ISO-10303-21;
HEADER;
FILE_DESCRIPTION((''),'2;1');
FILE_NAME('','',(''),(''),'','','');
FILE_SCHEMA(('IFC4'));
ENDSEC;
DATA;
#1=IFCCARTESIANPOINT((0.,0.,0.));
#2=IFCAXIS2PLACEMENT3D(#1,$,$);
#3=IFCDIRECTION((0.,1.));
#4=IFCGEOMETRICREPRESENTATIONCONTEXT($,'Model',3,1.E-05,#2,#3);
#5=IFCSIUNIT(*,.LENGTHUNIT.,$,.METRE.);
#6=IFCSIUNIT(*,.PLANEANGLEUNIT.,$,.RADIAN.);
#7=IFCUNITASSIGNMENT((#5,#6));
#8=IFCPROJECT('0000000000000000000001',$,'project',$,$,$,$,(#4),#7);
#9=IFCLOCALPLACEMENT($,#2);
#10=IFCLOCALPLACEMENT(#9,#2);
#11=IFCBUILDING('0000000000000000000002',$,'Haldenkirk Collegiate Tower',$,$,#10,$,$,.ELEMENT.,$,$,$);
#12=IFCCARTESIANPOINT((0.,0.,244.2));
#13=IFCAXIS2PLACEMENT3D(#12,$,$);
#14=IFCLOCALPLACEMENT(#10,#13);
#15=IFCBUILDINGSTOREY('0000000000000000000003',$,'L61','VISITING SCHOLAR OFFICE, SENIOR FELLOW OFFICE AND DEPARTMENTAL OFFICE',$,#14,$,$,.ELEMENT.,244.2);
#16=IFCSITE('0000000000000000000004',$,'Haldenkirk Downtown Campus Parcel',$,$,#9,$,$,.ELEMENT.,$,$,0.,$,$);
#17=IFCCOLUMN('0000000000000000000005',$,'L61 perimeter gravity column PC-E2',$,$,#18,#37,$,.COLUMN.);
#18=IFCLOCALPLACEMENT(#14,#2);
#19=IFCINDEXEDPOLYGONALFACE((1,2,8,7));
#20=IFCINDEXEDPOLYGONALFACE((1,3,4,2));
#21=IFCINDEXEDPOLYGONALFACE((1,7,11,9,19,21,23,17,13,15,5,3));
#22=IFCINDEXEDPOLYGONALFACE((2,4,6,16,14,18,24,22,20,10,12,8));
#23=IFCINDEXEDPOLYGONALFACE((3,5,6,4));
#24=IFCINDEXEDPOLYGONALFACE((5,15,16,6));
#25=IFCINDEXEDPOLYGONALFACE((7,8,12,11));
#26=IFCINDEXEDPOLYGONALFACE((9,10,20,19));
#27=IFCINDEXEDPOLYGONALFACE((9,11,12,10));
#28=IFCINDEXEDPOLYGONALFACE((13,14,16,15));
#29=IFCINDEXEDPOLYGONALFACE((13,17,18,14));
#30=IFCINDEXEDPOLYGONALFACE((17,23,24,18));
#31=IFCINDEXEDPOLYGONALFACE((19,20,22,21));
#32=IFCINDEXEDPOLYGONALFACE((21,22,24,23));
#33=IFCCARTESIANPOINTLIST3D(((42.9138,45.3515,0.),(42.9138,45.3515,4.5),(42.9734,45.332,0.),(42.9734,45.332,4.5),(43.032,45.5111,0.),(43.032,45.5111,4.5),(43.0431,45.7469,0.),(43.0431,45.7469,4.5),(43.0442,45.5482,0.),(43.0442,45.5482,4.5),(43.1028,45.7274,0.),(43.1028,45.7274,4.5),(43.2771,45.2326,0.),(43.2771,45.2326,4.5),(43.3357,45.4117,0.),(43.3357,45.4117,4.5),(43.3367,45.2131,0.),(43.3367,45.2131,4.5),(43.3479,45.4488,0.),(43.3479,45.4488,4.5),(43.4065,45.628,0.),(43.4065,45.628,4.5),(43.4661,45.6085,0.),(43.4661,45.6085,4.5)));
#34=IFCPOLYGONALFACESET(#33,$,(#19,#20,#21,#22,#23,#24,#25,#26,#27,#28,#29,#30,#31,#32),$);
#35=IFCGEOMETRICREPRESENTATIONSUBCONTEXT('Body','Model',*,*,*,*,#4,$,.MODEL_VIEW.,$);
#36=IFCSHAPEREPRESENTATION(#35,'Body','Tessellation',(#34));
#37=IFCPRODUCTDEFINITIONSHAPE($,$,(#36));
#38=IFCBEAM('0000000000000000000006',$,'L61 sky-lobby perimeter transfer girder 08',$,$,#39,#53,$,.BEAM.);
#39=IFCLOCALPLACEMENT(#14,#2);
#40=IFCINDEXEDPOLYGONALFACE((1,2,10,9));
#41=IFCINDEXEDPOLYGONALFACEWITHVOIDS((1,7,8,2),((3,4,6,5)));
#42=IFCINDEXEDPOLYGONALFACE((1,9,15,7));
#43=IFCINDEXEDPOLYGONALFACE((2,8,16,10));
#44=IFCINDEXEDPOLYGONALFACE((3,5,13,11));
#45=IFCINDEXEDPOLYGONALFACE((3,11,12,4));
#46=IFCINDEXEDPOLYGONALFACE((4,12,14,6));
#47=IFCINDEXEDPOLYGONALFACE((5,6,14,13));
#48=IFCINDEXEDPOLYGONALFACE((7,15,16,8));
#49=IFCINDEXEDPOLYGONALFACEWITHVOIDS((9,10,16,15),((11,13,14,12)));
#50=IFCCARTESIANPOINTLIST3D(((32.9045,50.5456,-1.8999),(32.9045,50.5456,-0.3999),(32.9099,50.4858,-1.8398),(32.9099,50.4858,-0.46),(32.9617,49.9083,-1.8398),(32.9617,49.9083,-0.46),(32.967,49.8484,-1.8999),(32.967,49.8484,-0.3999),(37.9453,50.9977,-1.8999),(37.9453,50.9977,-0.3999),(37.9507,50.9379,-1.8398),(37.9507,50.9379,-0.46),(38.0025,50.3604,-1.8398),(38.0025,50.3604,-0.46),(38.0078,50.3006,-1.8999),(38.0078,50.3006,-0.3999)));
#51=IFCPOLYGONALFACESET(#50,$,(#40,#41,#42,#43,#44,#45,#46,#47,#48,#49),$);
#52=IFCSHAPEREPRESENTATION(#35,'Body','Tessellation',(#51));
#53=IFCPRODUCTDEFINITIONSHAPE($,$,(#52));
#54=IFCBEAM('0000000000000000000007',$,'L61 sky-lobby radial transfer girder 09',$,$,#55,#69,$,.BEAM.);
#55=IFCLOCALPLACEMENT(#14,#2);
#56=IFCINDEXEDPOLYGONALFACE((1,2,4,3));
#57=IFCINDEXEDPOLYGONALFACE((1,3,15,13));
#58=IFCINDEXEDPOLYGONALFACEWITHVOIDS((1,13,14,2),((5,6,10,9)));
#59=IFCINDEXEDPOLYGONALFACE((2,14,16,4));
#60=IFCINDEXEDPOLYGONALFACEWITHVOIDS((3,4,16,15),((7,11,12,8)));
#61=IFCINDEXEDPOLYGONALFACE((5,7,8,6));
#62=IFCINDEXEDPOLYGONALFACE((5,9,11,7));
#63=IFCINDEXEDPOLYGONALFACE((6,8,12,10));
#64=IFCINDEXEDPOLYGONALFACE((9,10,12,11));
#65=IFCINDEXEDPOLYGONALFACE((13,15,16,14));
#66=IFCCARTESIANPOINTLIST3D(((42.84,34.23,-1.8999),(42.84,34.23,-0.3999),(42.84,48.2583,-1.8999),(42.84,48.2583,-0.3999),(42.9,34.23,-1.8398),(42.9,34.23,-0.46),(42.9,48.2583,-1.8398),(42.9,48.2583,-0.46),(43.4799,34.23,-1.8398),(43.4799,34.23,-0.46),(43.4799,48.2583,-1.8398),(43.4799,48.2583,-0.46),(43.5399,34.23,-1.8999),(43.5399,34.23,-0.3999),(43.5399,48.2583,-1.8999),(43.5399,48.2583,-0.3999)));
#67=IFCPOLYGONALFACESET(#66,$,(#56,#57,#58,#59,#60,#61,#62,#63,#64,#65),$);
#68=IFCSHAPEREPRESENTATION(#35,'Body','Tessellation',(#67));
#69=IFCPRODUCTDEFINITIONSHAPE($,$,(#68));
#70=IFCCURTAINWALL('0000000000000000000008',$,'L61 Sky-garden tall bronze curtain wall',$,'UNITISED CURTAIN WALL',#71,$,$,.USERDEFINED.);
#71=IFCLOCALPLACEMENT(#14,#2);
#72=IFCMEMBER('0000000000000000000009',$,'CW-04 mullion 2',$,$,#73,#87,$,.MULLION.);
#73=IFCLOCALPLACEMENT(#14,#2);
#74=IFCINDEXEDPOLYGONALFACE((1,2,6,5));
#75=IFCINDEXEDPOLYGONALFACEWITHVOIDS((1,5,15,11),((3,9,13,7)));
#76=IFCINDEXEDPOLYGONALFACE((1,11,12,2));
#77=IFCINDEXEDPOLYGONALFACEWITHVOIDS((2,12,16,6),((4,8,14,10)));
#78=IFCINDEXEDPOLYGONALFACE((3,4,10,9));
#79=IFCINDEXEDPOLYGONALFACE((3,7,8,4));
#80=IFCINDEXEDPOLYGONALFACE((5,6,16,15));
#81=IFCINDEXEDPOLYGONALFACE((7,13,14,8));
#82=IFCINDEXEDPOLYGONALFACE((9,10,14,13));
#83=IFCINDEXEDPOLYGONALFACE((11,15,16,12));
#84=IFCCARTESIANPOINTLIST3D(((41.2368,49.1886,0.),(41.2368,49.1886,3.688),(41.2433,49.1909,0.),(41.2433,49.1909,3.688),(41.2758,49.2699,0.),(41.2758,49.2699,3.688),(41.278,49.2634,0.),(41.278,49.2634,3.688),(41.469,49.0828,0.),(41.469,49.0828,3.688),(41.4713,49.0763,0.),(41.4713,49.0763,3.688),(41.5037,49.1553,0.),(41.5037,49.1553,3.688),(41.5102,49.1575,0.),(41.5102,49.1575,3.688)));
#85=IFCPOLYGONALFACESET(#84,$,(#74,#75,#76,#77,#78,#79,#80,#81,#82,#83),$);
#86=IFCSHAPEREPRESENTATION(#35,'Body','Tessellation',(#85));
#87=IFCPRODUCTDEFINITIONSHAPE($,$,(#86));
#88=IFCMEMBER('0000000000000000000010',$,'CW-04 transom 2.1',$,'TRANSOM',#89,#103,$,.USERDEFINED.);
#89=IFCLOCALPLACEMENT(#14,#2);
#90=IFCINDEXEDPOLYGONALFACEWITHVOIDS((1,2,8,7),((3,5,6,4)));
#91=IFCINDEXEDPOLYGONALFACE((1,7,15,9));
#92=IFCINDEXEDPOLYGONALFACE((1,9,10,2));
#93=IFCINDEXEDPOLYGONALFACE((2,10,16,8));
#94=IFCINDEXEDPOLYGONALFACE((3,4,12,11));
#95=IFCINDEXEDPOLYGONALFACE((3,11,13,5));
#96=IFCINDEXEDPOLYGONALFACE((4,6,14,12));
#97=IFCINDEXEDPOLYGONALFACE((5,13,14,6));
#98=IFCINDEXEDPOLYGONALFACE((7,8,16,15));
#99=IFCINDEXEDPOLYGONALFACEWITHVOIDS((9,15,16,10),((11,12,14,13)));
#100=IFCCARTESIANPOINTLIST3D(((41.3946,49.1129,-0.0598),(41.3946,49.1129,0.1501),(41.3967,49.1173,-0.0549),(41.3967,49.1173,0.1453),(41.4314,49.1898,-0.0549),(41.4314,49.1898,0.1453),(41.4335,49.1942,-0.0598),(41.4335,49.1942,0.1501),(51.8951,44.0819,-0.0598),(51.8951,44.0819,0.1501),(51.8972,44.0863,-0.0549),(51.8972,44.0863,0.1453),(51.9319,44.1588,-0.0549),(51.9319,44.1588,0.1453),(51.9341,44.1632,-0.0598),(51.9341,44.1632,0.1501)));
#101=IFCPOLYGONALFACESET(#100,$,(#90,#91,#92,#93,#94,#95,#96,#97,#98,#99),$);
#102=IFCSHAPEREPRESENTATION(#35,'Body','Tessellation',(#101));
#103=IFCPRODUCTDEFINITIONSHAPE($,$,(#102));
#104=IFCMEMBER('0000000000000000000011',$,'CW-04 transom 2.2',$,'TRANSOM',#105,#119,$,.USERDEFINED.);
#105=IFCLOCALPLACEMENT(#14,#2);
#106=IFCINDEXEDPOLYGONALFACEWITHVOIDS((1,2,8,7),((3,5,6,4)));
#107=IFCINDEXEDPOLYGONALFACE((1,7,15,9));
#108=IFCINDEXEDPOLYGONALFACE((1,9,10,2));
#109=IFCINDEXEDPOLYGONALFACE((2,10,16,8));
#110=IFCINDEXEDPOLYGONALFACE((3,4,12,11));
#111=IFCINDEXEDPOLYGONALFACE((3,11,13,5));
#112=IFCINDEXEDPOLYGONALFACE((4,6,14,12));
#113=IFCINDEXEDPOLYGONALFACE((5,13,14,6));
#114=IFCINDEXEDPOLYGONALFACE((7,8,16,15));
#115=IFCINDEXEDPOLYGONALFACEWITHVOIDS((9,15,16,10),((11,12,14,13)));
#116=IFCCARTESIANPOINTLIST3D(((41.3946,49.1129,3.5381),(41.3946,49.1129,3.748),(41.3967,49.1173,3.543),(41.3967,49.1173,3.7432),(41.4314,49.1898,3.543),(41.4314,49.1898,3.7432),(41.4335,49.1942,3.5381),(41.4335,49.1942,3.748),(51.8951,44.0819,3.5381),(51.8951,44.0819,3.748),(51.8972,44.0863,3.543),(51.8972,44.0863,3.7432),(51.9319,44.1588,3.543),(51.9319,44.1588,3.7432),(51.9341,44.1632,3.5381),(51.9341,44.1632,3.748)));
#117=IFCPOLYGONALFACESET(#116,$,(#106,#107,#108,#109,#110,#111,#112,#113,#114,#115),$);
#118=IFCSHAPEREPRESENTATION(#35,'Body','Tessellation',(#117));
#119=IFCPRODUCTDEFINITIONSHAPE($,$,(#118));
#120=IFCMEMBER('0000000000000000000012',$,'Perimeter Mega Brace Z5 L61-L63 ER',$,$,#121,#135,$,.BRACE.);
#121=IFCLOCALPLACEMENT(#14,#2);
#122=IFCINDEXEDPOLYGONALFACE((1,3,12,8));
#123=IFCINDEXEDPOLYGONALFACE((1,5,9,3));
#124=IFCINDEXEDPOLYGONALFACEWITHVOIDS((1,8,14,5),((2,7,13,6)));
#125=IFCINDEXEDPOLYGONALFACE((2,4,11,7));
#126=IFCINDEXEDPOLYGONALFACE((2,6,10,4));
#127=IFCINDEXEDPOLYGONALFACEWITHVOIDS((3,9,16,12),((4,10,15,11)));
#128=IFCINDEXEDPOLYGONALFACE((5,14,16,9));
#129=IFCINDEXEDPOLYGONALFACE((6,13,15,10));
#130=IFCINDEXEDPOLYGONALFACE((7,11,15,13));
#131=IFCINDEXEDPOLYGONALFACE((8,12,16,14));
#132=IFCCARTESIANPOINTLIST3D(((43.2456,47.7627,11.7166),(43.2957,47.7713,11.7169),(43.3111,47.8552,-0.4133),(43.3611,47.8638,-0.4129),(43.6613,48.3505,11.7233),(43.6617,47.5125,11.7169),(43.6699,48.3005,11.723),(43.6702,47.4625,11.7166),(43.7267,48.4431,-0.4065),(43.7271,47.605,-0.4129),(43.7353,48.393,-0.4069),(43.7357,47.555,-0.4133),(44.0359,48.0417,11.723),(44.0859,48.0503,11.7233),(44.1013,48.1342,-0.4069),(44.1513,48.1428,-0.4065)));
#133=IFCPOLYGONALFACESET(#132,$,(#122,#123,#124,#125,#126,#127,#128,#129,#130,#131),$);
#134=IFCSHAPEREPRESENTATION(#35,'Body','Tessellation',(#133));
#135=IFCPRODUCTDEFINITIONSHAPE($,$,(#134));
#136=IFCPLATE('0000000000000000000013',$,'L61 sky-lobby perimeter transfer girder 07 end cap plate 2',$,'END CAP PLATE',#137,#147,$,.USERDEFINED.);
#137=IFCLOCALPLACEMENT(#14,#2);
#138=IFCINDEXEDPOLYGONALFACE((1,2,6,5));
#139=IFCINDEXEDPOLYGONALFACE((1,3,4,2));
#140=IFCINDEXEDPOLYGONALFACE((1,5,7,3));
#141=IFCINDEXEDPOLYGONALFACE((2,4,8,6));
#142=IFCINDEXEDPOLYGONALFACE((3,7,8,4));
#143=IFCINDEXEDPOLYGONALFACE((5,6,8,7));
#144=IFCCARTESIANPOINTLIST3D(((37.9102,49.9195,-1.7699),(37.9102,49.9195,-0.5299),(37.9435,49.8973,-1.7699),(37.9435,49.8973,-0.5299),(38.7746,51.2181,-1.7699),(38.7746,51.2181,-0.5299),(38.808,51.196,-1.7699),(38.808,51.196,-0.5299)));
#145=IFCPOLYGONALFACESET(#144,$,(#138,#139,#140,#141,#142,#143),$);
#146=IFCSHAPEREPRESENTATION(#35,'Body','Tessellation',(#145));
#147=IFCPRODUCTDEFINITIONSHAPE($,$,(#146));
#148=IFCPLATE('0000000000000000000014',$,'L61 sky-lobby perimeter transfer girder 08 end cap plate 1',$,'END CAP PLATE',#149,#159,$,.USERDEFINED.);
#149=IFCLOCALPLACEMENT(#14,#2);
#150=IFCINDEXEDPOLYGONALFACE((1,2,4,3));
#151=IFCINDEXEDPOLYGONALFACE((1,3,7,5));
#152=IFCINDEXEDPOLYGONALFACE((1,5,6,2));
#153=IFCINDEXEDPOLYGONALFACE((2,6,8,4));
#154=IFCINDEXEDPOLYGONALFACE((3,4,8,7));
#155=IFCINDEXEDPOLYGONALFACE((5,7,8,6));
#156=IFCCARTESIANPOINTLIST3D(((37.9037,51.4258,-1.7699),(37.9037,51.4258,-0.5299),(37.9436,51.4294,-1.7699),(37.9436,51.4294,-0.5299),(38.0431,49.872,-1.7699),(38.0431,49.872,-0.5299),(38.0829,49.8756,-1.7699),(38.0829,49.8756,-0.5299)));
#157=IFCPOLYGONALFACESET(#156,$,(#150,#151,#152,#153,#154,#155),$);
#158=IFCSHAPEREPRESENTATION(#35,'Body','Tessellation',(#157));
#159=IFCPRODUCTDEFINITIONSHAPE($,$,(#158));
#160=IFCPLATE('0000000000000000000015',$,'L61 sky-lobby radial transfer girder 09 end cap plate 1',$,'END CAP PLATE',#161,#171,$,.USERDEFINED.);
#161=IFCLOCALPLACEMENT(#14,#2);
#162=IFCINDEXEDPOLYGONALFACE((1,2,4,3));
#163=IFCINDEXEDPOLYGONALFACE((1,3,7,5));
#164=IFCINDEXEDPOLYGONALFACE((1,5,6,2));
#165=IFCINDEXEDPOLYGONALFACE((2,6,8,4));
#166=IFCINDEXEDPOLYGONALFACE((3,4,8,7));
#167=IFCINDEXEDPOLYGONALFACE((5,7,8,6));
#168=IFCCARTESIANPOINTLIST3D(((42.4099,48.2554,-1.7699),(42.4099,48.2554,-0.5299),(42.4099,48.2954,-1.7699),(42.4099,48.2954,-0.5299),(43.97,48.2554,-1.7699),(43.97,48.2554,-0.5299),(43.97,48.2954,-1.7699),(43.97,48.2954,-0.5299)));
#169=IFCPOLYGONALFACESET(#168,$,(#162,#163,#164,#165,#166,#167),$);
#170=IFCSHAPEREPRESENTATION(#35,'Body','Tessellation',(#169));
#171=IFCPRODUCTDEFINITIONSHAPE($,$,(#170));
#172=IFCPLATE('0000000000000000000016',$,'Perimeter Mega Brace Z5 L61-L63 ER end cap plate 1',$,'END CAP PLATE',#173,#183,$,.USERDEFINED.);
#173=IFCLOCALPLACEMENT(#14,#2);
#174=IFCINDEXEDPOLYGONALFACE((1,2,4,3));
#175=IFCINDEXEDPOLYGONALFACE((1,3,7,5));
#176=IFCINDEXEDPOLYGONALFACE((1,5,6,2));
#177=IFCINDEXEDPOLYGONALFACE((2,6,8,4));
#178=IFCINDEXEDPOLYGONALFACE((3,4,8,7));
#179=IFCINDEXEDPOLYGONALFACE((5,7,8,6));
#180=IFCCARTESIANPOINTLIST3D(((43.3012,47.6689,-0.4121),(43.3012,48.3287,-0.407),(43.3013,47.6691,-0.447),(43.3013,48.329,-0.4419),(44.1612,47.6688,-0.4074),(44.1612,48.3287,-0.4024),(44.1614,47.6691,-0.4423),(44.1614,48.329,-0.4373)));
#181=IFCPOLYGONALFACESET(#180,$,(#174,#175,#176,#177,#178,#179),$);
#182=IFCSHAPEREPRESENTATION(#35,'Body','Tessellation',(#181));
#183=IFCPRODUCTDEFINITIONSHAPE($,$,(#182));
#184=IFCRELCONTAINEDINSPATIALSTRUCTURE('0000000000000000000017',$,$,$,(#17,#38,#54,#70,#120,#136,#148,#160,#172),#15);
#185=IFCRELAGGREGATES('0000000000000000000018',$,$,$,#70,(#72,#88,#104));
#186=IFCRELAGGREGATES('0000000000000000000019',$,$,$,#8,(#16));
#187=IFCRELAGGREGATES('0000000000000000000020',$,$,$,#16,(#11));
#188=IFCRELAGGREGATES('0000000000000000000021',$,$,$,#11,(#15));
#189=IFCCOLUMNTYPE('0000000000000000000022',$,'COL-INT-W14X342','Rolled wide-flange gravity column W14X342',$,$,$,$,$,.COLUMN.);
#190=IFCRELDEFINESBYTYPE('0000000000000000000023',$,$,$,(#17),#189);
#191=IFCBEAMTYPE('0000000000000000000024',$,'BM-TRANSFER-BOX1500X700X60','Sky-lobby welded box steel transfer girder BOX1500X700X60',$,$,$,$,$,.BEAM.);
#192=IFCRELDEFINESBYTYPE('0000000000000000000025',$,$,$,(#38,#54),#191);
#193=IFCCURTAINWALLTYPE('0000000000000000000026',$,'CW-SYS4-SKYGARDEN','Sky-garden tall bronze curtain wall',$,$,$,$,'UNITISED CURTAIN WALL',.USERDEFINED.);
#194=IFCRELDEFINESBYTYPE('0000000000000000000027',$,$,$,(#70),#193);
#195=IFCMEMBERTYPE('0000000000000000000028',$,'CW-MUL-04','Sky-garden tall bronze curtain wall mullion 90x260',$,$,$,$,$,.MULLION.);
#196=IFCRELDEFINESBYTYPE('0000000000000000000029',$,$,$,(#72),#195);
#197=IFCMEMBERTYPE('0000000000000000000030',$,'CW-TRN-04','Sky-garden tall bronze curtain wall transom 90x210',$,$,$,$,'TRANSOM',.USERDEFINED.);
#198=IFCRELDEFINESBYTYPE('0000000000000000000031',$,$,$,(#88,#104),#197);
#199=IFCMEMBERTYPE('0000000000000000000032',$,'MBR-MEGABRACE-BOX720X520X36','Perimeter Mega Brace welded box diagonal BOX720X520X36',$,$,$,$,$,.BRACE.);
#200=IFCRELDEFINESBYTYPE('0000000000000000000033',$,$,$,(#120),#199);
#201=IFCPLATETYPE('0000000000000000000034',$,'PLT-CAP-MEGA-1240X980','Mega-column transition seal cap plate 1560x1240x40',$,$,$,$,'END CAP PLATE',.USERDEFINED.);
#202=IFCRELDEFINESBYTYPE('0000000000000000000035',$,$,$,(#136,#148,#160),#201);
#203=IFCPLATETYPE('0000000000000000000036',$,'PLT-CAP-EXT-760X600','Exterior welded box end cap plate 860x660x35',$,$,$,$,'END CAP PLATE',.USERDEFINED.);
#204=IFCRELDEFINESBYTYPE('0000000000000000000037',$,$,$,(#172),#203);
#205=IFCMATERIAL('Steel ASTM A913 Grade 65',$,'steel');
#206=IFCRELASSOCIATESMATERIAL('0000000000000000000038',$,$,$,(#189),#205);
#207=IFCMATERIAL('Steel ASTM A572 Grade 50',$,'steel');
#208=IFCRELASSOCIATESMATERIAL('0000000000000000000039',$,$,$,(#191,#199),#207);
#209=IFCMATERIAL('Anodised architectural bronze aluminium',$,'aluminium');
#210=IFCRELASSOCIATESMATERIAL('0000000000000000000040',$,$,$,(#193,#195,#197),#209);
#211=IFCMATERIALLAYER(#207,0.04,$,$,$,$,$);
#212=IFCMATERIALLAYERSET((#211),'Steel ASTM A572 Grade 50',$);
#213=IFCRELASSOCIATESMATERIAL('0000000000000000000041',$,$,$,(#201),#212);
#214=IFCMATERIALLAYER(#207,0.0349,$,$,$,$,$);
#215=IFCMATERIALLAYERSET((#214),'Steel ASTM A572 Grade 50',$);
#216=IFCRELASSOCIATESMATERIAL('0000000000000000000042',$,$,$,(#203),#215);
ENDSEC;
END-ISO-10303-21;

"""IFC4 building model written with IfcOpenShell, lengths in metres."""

from ifc_helpers import new_model, si_unit, direction, frame, origin, origin_2d, place, context, subcontext, project, spatial, rectangle, hollow_rectangle, i_section, extrude, source, transform, mapped, material, layer, layer_set, material_profile, profile_set, type_object, element, aggregate, save


model = new_model("IFC4")

# Units and contexts
model_context = context("Model", 3, precision=1e-05, world=origin(), true_north=direction((0.0, 1.0)))
body_context = subcontext(model_context, "Body", "Model", "MODEL_VIEW")
ifc_project = project(units=[si_unit("LENGTHUNIT", "METRE"), si_unit("PLANEANGLEUNIT", "RADIAN")], contexts=[model_context])

# Site, building, storey
site_placement = place(None, origin())
site = spatial("IfcSite", under=ifc_project, at=site_placement, Name="Haldenkirk Downtown Campus Parcel", CompositionType="ELEMENT", RefElevation=0.0)
building_placement = place(site_placement, origin())
building = spatial("IfcBuilding", under=site, at=building_placement, Name="Haldenkirk Collegiate Tower", CompositionType="ELEMENT")
storey_placement = place(building_placement, frame((0.0, 0.0, 244.2)))
storey = spatial("IfcBuildingStorey", under=building, at=storey_placement, Name="L61", Description="VISITING SCHOLAR OFFICE, SENIOR FELLOW OFFICE AND DEPARTMENTAL OFFICE", CompositionType="ELEMENT", Elevation=244.2)

# Column
ifc_material_1 = material(Name="Steel ASTM A913 Grade 65", Category="steel")
ifc_material_profile_1 = material_profile(ifc_material_1, i_section(OverallWidth=0.416, OverallDepth=0.4451, WebThickness=0.0391, FlangeThickness=0.0627, at=origin_2d()), Name="W14X342")
ifc_profile_set_1 = profile_set([ifc_material_profile_1], Name="Steel ASTM A913 Grade 65")
column_type = type_object("IfcColumnType", Name="COL-INT-W14X342", Description="Rolled wide-flange gravity column W14X342", PredefinedType="COLUMN", material=ifc_profile_set_1)
column_placement = place(storey_placement, frame((43.1899, 45.48, 0.0), z_axis=(0.0, 0.0, 1.0), x_axis=(0.311008, 0.950407, 0.0)))
element("IfcColumn", 1, at=column_placement, inside=storey, type_object=column_type, Name="L61 perimeter gravity column PC-E2", PredefinedType="COLUMN", context=body_context, shape_type="SweptSolid", body=[
    extrude(i_section(OverallWidth=0.416, OverallDepth=0.4451, WebThickness=0.0391, FlangeThickness=0.0627, at=origin_2d()), origin(), (0.0, 0.0, 1.0), 4.5),
])

# Beams
ifc_material_2 = material(Name="Steel ASTM A572 Grade 50", Category="steel")
ifc_material_profile_2 = material_profile(ifc_material_2, hollow_rectangle(XDim=0.7, YDim=1.5, WallThickness=0.0601, at=origin_2d()), Name="BOX1500X700X60")
ifc_profile_set_2 = profile_set([ifc_material_profile_2], Name="Steel ASTM A572 Grade 50")
beam_type = type_object("IfcBeamType", Name="BM-TRANSFER-BOX1500X700X60", Description="Sky-lobby welded box steel transfer girder BOX1500X700X60", PredefinedType="BEAM", material=ifc_profile_set_2)
beam_1_placement = place(storey_placement, frame((37.9766, 50.6492, -1.1499), z_axis=(-0.996001, -0.08934, 0.0), x_axis=(0.08934, -0.996001, 0.0)))
element("IfcBeam", 2, at=beam_1_placement, inside=storey, type_object=beam_type, Name="L61 sky-lobby perimeter transfer girder 08", PredefinedType="BEAM", context=body_context, shape_type="SweptSolid", body=[
    extrude(hollow_rectangle(XDim=0.7, YDim=1.5, WallThickness=0.0601, at=origin_2d()), origin(), (0.0, 0.0, 1.0), 5.061),
])
beam_2_placement = place(storey_placement, frame((43.1899, 48.2583, -1.1499), z_axis=(0.0, -1.0, 0.0), x_axis=(1.0, 0.0, 0.0)))
element("IfcBeam", 3, at=beam_2_placement, inside=storey, type_object=beam_type, Name="L61 sky-lobby radial transfer girder 09", PredefinedType="BEAM", context=body_context, shape_type="SweptSolid", body=[
    extrude(hollow_rectangle(XDim=0.7, YDim=1.5, WallThickness=0.0601, at=origin_2d()), origin(), (0.0, 0.0, 1.0), 14.0283),
])

# Curtain wall, members
ifc_material_3 = material(Name="Anodised architectural bronze aluminium", Category="aluminium")
curtain_wall_type = type_object("IfcCurtainWallType", Name="CW-SYS4-SKYGARDEN", Description="Sky-garden tall bronze curtain wall", ElementType="UNITISED CURTAIN WALL", PredefinedType="USERDEFINED", material=ifc_material_3)
curtain_wall_placement = place(storey_placement, origin())
curtain_wall = element("IfcCurtainWall", 4, at=curtain_wall_placement, inside=storey, type_object=curtain_wall_type, Name="L61 Sky-garden tall bronze curtain wall", ObjectType="UNITISED CURTAIN WALL", PredefinedType="USERDEFINED")
ifc_material_profile_3 = material_profile(ifc_material_3, hollow_rectangle(XDim=0.0901, YDim=0.26, WallThickness=0.0049, at=origin_2d()), Name="CW-MUL-04")
ifc_profile_set_3 = profile_set([ifc_material_profile_3], Name="Anodised architectural bronze aluminium")
member_type_1 = type_object("IfcMemberType", Name="CW-MUL-04", Description="Sky-garden tall bronze curtain wall mullion 90x260", PredefinedType="MULLION", material=ifc_profile_set_3)
member_1_placement = place(storey_placement, frame((41.3735, 49.1731, 0.0), z_axis=(0.0, 0.0, 1.0), x_axis=(0.432084, 0.901833, 0.0)))
member_1 = element("IfcMember", 5, at=member_1_placement, type_object=member_type_1, Name="CW-04 mullion 2", PredefinedType="MULLION", context=body_context, shape_type="SweptSolid", body=[
    extrude(hollow_rectangle(XDim=0.0901, YDim=0.26, WallThickness=0.0049, at=origin_2d()), origin(), (0.0, 0.0, 1.0), 3.688),
])
ifc_material_profile_4 = material_profile(ifc_material_3, hollow_rectangle(XDim=0.0901, YDim=0.21, WallThickness=0.0049, at=origin_2d()), Name="CW-TRN-04")
ifc_profile_set_4 = profile_set([ifc_material_profile_4], Name="Anodised architectural bronze aluminium")
member_type_2 = type_object("IfcMemberType", Name="CW-TRN-04", Description="Sky-garden tall bronze curtain wall transom 90x210", ElementType="TRANSOM", PredefinedType="USERDEFINED", material=ifc_profile_set_4)
member_2_placement = place(storey_placement, frame((41.4141, 49.1536, 0.0452), z_axis=(0.901832, -0.432087, 0.0), x_axis=(0.432087, 0.901832, 0.0)))
member_2 = element("IfcMember", 6, at=member_2_placement, type_object=member_type_2, Name="CW-04 transom 2.1", ObjectType="TRANSOM", PredefinedType="USERDEFINED", context=body_context, shape_type="SweptSolid", body=[
    extrude(hollow_rectangle(XDim=0.0901, YDim=0.21, WallThickness=0.0049, at=origin_2d()), origin(), (0.0, 0.0, 1.0), 11.6436),
])
member_3_placement = place(storey_placement, frame((41.4141, 49.1536, 3.6431), z_axis=(0.901832, -0.432087, 0.0), x_axis=(0.432087, 0.901832, 0.0)))
member_3 = element("IfcMember", 7, at=member_3_placement, type_object=member_type_2, Name="CW-04 transom 2.2", ObjectType="TRANSOM", PredefinedType="USERDEFINED", context=body_context, shape_type="SweptSolid", body=[
    extrude(hollow_rectangle(XDim=0.0901, YDim=0.21, WallThickness=0.0049, at=origin_2d()), origin(), (0.0, 0.0, 1.0), 11.6436),
])

# Member
ifc_material_profile_5 = material_profile(ifc_material_2, hollow_rectangle(XDim=0.52, YDim=0.72, WallThickness=0.0359, at=origin_2d()), Name="BOX720X520X36")
ifc_profile_set_5 = profile_set([ifc_material_profile_5], Name="Steel ASTM A572 Grade 50")
member_type_3 = type_object("IfcMemberType", Name="MBR-MEGABRACE-BOX720X520X36", Description="Perimeter Mega Brace welded box diagonal BOX720X520X36", PredefinedType="BRACE", material=ifc_profile_set_5)
member_4_placement = place(storey_placement, frame((43.7312, 47.999, -0.4099), z_axis=(-0.005394, -0.007628, 0.999956), x_axis=(0.81649, -0.57736, 0.0)))
element("IfcMember", 8, at=member_4_placement, inside=storey, type_object=member_type_3, Name="Perimeter Mega Brace Z5 L61-L63 ER", PredefinedType="BRACE", context=body_context, shape_type="SweptSolid", body=[
    extrude(hollow_rectangle(XDim=0.52, YDim=0.72, WallThickness=0.0359, at=origin_2d()), origin(), (0.0, 0.0, 1.0), 12.1304),
])

# Plates
ifc_layer_1 = layer(ifc_material_2, 0.04)
ifc_layer_set_1 = layer_set([ifc_layer_1], Name="Steel ASTM A572 Grade 50")
plate_type_1 = type_object("IfcPlateType", Name="PLT-CAP-MEGA-1240X980", Description="Mega-column transition seal cap plate 1560x1240x40", ElementType="END CAP PLATE", PredefinedType="USERDEFINED", material=ifc_layer_set_1)
shared_shape_1 = source(origin(), body_context, "Body", "SweptSolid", [
    extrude(rectangle(XDim=1.5601, YDim=1.24, at=origin_2d()), origin(), (0.0, 0.0, 1.0), 0.04),
])
for number, where, z_axis, x_axis, name in (
    (9, (38.3757, 50.5466, -1.1499), (-0.832436, 0.554121, 0.0), (-0.554121, -0.832436, 0.0), "L61 sky-lobby perimeter transfer girder 07 end cap plate 2"),
    (10, (37.9734, 50.6489, -1.1499), (0.996004, 0.089308, 0.0), (-0.089308, 0.996004, 0.0), "L61 sky-lobby perimeter transfer girder 08 end cap plate 1"),
    (11, (43.1899, 48.2554, -1.1499), (0.0, 1.0, 0.0), (-1.0, 0.0, 0.0), "L61 sky-lobby radial transfer girder 09 end cap plate 1"),
):
    element("IfcPlate", number, at=place(storey_placement, frame(where, z_axis=z_axis, x_axis=x_axis)), inside=storey, type_object=plate_type_1, Name=name, ObjectType="END CAP PLATE", PredefinedType="USERDEFINED", context=body_context, shape_type="MappedRepresentation", body=[
        mapped(shared_shape_1, transform((0.0, 0.0, 0.0), x_axis=(1.0, 0.0, 0.0), y_axis=(0.0, 1.0, 0.0), z_axis=(0.0, 0.0, 1.0), scale=1.0)),
    ])
ifc_layer_2 = layer(ifc_material_2, 0.0349)
ifc_layer_set_2 = layer_set([ifc_layer_2], Name="Steel ASTM A572 Grade 50")
plate_type_2 = type_object("IfcPlateType", Name="PLT-CAP-EXT-760X600", Description="Exterior welded box end cap plate 860x660x35", ElementType="END CAP PLATE", PredefinedType="USERDEFINED", material=ifc_layer_set_2)
shared_shape_2 = source(origin(), body_context, "Body", "SweptSolid", [
    extrude(rectangle(XDim=0.8601, YDim=0.6599, at=origin_2d()), origin(), (0.0, 0.0, 1.0), 0.0349),
])
plate_1_placement = place(storey_placement, frame((43.7312, 47.9988, -0.4072), z_axis=(0.005383, 0.007625, -0.999956), x_axis=(0.999986, -0.000041, 0.005383)))
element("IfcPlate", 12, at=plate_1_placement, inside=storey, type_object=plate_type_2, Name="Perimeter Mega Brace Z5 L61-L63 ER end cap plate 1", ObjectType="END CAP PLATE", PredefinedType="USERDEFINED", context=body_context, shape_type="MappedRepresentation", body=[
    mapped(shared_shape_2, transform((0.0, 0.0, 0.0), x_axis=(1.0, 0.0, 0.0), y_axis=(0.0, 1.0, 0.0), z_axis=(0.0, 0.0, 1.0), scale=1.0)),
])

aggregate(curtain_wall, [member_1, member_2, member_3])

save(model, "model.ifc")
